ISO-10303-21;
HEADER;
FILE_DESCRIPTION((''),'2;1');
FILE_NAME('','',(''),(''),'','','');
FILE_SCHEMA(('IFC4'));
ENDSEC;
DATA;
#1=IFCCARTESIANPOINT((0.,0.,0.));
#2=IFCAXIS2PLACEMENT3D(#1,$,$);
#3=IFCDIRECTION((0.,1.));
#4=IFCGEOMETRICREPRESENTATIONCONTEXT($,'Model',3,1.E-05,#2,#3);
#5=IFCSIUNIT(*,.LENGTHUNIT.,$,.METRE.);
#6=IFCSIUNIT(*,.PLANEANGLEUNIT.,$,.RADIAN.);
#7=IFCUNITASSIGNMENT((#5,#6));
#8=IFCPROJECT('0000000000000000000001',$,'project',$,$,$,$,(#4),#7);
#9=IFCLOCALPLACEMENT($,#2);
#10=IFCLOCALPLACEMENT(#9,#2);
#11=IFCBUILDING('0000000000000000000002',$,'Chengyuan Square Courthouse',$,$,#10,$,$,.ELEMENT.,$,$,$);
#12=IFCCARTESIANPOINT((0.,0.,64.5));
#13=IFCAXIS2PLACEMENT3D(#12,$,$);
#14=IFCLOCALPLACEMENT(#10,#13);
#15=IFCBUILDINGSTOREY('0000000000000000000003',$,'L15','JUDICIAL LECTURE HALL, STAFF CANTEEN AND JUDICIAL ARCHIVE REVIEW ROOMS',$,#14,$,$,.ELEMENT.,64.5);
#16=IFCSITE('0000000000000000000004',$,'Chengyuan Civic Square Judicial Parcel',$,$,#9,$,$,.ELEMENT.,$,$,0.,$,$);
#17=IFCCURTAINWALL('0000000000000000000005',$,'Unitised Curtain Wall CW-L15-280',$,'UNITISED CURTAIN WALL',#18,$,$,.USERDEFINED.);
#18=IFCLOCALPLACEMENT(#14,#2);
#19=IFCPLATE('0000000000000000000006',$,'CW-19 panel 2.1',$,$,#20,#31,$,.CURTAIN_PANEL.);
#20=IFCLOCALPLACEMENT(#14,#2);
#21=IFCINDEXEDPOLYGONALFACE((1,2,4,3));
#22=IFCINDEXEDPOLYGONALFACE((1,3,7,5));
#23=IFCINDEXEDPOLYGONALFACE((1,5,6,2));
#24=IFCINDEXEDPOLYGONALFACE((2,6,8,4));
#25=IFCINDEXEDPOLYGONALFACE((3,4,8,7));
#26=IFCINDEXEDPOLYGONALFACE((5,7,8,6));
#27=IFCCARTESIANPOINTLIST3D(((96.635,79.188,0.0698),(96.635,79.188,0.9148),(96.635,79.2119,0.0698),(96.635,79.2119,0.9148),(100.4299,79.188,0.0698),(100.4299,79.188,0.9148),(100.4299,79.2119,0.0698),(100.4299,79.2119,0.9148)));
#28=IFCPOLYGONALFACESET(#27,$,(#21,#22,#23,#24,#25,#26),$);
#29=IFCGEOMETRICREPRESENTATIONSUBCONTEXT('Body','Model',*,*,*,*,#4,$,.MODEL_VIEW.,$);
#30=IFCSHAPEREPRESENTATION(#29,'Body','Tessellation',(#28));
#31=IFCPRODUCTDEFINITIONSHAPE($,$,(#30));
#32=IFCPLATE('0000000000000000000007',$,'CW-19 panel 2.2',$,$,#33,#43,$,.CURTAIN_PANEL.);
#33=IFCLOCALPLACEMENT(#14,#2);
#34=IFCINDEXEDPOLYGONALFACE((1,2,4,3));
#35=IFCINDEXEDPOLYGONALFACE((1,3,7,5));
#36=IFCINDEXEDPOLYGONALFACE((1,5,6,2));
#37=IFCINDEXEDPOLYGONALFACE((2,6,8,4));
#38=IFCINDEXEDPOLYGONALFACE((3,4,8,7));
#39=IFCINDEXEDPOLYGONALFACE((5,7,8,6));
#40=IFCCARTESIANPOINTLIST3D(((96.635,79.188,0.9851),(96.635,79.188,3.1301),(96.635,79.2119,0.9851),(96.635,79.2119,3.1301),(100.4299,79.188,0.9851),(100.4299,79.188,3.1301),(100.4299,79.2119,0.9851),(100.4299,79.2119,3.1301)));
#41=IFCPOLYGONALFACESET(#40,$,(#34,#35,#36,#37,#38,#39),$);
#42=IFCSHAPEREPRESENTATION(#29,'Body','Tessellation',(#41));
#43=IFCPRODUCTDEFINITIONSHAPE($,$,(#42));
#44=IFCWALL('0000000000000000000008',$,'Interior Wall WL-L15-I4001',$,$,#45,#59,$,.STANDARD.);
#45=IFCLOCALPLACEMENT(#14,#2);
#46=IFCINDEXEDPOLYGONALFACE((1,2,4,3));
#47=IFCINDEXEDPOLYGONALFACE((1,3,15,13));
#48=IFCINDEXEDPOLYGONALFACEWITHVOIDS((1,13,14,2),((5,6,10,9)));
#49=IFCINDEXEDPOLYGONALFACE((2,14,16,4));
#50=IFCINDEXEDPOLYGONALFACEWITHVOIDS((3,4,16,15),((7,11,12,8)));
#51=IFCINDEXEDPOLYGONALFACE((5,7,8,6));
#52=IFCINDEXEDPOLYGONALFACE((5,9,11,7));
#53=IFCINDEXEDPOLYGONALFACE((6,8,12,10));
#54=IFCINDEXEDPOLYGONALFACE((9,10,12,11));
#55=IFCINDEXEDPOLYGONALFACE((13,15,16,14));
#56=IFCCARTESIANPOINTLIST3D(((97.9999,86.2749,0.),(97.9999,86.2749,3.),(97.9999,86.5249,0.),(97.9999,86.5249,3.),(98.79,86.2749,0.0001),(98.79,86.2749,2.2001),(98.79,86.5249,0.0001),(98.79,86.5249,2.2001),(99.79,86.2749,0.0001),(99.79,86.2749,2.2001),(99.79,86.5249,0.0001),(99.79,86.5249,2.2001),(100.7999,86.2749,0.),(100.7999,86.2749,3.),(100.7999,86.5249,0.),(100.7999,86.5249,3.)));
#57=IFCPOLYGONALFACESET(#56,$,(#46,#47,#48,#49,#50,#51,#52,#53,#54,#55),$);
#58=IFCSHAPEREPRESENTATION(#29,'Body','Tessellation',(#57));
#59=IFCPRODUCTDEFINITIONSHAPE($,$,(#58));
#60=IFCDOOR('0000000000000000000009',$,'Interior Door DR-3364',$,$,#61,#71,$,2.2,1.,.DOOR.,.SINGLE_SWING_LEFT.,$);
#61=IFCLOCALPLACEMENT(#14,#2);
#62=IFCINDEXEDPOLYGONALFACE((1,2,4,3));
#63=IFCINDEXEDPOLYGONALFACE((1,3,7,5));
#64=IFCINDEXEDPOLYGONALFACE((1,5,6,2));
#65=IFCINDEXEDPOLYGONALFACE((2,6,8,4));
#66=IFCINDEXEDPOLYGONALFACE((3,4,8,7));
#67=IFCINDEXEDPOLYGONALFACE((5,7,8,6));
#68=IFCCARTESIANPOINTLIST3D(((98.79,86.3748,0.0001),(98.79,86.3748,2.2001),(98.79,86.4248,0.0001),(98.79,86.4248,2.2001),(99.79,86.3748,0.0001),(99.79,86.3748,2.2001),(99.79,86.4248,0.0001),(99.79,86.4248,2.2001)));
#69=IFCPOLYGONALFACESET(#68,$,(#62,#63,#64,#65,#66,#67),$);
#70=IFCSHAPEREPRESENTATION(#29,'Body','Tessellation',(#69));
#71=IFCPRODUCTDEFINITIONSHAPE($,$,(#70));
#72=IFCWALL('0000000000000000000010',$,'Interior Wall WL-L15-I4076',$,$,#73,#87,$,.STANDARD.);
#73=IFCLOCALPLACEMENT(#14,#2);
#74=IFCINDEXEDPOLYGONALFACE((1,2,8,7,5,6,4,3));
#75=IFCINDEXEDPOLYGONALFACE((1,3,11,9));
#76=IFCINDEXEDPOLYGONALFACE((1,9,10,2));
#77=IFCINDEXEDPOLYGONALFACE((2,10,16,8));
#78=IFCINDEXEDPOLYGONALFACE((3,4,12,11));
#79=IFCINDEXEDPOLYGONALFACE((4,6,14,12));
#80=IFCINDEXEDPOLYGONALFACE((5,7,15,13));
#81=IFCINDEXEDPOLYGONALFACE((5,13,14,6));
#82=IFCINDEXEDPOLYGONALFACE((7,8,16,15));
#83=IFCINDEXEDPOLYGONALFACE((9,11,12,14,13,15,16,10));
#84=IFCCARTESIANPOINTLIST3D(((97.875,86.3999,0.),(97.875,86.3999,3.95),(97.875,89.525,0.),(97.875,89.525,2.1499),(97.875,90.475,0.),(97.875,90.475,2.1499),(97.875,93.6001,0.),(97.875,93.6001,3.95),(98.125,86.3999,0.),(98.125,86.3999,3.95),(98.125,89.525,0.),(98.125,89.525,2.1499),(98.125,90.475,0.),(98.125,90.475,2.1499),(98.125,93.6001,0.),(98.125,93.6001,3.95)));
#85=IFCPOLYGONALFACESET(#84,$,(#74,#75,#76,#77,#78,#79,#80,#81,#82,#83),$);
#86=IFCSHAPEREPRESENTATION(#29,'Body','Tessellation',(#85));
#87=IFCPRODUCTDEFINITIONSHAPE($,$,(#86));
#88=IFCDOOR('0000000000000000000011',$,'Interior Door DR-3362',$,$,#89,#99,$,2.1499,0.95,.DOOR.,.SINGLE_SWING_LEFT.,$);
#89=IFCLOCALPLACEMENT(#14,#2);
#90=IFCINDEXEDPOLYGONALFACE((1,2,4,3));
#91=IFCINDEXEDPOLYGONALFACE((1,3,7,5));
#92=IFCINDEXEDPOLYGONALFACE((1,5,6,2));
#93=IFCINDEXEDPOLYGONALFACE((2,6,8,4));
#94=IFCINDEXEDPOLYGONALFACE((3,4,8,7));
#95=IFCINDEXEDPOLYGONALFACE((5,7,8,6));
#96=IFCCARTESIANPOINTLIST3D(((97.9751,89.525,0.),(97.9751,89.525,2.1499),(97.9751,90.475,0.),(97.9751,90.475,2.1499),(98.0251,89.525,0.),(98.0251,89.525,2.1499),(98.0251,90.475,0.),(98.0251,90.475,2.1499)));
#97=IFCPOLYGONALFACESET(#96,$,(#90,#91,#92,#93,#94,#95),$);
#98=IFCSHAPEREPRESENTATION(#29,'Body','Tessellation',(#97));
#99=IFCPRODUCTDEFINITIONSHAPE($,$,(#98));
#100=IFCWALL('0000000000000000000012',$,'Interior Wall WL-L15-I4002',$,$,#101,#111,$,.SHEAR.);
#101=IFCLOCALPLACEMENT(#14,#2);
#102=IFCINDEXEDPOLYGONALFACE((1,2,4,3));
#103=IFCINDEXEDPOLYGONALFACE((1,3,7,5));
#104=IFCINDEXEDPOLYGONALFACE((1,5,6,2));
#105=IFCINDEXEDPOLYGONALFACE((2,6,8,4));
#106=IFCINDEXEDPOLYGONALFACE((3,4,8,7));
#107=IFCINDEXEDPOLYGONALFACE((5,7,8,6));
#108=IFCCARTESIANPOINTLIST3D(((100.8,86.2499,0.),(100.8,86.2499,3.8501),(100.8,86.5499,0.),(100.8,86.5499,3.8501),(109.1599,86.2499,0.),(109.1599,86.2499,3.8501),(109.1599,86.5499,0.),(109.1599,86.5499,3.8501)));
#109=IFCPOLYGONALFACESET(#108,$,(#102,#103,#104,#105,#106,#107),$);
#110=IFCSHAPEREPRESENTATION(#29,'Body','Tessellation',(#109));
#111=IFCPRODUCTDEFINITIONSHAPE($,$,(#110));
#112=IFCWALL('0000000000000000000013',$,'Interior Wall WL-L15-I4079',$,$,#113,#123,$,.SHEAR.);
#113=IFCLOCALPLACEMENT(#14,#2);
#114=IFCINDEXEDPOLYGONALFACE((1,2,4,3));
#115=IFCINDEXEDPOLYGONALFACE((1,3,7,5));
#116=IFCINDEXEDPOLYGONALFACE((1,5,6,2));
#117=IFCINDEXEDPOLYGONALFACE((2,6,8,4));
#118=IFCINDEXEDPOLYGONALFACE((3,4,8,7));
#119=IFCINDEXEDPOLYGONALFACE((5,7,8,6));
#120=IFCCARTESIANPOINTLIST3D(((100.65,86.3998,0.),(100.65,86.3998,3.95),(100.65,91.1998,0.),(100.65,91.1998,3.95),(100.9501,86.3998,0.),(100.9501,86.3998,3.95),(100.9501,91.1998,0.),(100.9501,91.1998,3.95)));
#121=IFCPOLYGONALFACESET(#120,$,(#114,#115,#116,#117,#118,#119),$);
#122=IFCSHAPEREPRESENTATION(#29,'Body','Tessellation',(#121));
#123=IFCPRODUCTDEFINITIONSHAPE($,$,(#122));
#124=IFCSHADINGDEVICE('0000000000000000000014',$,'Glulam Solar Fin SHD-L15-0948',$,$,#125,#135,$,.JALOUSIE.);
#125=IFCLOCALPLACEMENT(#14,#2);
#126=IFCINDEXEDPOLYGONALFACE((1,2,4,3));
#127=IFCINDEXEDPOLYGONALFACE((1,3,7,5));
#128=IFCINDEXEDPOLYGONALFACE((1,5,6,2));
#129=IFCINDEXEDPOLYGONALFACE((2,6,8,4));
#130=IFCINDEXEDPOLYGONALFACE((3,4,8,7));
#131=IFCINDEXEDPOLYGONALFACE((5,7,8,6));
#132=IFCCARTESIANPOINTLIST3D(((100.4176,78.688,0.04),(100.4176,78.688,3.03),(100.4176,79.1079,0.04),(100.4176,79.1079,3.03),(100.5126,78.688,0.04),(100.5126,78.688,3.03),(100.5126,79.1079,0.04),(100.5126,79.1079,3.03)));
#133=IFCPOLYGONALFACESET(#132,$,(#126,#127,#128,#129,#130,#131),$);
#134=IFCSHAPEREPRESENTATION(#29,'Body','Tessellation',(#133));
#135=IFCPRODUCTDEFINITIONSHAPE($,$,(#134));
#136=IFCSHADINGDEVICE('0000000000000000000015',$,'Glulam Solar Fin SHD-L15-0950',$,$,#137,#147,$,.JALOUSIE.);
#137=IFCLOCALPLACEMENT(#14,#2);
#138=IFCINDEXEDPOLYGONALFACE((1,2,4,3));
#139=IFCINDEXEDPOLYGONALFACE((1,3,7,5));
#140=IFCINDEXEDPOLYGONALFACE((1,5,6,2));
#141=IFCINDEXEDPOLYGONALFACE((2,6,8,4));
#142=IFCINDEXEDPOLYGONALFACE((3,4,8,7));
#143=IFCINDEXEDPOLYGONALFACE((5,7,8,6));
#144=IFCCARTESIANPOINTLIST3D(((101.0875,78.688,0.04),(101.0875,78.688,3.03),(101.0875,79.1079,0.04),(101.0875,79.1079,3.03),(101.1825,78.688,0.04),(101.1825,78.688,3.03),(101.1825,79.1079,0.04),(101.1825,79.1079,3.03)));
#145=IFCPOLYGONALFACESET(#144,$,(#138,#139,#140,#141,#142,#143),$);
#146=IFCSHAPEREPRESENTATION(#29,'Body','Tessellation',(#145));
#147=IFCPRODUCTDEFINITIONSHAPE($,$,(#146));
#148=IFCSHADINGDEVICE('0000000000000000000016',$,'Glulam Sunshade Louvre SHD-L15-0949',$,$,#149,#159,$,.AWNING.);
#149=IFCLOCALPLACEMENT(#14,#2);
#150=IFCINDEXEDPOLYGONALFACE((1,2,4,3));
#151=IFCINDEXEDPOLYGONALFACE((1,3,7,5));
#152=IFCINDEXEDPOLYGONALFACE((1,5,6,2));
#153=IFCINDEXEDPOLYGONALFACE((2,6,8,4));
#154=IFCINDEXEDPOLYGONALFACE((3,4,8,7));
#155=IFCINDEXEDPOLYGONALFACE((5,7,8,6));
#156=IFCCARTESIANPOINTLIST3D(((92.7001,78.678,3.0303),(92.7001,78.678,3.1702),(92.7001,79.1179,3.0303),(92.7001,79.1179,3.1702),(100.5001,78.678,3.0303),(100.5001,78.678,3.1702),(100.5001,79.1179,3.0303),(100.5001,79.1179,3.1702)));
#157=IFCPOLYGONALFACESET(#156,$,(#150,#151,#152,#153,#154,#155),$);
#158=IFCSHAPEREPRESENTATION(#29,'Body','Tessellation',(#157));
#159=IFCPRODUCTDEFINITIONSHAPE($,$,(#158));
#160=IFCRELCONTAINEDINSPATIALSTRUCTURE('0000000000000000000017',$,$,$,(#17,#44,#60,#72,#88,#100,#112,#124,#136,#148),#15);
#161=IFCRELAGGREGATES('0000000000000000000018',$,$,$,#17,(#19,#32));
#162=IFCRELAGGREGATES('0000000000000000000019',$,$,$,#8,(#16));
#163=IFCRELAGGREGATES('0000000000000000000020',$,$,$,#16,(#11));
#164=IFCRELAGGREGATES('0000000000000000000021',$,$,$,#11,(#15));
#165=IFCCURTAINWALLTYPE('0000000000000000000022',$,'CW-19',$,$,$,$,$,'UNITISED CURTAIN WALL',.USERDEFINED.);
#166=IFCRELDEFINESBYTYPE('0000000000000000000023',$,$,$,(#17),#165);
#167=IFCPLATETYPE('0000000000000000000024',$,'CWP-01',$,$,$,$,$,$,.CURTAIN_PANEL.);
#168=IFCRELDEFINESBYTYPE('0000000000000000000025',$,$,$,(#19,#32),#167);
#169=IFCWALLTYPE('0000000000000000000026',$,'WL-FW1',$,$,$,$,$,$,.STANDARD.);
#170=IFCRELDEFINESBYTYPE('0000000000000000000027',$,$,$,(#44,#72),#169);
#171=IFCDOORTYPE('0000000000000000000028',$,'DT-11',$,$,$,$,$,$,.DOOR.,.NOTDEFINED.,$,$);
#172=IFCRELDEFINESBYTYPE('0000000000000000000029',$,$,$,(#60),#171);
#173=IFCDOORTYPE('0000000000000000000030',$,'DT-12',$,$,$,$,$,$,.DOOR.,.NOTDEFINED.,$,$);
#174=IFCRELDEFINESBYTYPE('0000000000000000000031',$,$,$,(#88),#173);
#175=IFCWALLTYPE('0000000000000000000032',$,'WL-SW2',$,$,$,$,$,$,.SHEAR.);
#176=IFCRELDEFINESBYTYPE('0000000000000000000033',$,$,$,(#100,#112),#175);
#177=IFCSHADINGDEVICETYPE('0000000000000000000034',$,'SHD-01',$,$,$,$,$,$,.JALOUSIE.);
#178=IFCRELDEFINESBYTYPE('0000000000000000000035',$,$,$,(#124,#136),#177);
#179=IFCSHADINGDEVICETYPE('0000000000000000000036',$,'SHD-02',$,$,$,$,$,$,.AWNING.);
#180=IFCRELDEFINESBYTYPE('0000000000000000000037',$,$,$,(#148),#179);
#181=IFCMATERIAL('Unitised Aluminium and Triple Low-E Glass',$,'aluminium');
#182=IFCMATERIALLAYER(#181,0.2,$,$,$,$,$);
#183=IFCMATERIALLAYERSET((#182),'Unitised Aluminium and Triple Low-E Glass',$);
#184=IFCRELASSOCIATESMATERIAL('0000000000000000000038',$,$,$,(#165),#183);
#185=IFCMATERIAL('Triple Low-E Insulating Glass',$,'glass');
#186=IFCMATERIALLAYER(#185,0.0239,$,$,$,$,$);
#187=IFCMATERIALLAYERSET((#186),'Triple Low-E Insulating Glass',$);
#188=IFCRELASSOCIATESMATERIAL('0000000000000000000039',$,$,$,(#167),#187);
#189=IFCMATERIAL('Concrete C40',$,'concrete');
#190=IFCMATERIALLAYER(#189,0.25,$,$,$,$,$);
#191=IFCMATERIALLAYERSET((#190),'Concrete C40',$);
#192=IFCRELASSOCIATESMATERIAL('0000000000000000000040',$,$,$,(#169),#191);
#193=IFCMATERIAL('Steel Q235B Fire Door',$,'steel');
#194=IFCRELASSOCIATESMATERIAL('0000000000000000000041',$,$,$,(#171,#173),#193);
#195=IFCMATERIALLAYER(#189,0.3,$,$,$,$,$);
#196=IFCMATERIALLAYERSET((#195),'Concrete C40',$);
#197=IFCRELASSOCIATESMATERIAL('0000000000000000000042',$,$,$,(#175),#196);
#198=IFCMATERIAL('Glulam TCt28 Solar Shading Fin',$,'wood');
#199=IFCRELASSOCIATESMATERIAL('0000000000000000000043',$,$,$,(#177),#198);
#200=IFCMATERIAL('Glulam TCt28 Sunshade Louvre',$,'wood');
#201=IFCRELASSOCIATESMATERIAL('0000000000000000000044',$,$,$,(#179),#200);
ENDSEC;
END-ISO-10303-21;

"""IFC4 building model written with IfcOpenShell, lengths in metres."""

from ifc_helpers import new_model, si_unit, direction, frame, frame_2d, origin, origin_2d, place, context, subcontext, project, spatial, rectangle, extrude, material, layer, layer_set, type_object, element, fill, aggregate, save


model = new_model("IFC4")

# Units and contexts
model_context = context("Model", 3, precision=1e-05, world=origin(), true_north=direction((0.0, 1.0)))
body_context = subcontext(model_context, "Body", "Model", "MODEL_VIEW")
ifc_project = project(units=[si_unit("LENGTHUNIT", "METRE"), si_unit("PLANEANGLEUNIT", "RADIAN")], contexts=[model_context])

# Site, building, storey
site_placement = place(None, origin())
site = spatial("IfcSite", under=ifc_project, at=site_placement, Name="Chengyuan Civic Square Judicial Parcel", CompositionType="ELEMENT", RefElevation=0.0)
building_placement = place(site_placement, origin())
building = spatial("IfcBuilding", under=site, at=building_placement, Name="Chengyuan Square Courthouse", CompositionType="ELEMENT")
storey_placement = place(building_placement, frame((0.0, 0.0, 64.5)))
storey = spatial("IfcBuildingStorey", under=building, at=storey_placement, Name="L15", Description="JUDICIAL LECTURE HALL, STAFF CANTEEN AND JUDICIAL ARCHIVE REVIEW ROOMS", CompositionType="ELEMENT", Elevation=64.5)

# Shared definitions
ifc_material_1 = material(Name="Concrete C40", Category="concrete")

# Curtain wall
ifc_material_2 = material(Name="Unitised Aluminium and Triple Low-E Glass", Category="aluminium")
ifc_layer_1 = layer(ifc_material_2, 0.2)
ifc_layer_set_1 = layer_set([ifc_layer_1], Name="Unitised Aluminium and Triple Low-E Glass")
curtain_wall_type = type_object("IfcCurtainWallType", Name="CW-19", ElementType="UNITISED CURTAIN WALL", PredefinedType="USERDEFINED", material=ifc_layer_set_1)
curtain_wall_1_placement = place(storey_placement, origin())
curtain_wall_1 = element("IfcCurtainWall", 1, at=curtain_wall_1_placement, inside=storey, type_object=curtain_wall_type, Name="Unitised Curtain Wall CW-L15-280", ObjectType="UNITISED CURTAIN WALL", PredefinedType="USERDEFINED")

# Plates
ifc_material_3 = material(Name="Triple Low-E Insulating Glass", Category="glass")
ifc_layer_2 = layer(ifc_material_3, 0.0239)
ifc_layer_set_2 = layer_set([ifc_layer_2], Name="Triple Low-E Insulating Glass")
plate_type = type_object("IfcPlateType", Name="CWP-01", PredefinedType="CURTAIN_PANEL", material=ifc_layer_set_2)
plate_1_placement = place(storey_placement, frame((98.5325, 79.2, 0.0698), z_axis=(0.0, 0.0, 1.0), x_axis=(1.0, 0.0, 0.0)))
plate_1 = element("IfcPlate", 2, at=plate_1_placement, type_object=plate_type, Name="CW-19 panel 2.1", PredefinedType="CURTAIN_PANEL", context=body_context, shape_type="SweptSolid", body=[
    extrude(rectangle(XDim=3.7949, YDim=0.0239, at=origin_2d()), origin(), (0.0, 0.0, 1.0), 0.845),
])
plate_2_placement = place(storey_placement, frame((98.5325, 79.2, 0.9851), z_axis=(0.0, 0.0, 1.0), x_axis=(1.0, 0.0, 0.0)))
plate_2 = element("IfcPlate", 3, at=plate_2_placement, type_object=plate_type, Name="CW-19 panel 2.2", PredefinedType="CURTAIN_PANEL", context=body_context, shape_type="SweptSolid", body=[
    extrude(rectangle(XDim=3.7949, YDim=0.0239, at=origin_2d()), origin(), (0.0, 0.0, 1.0), 2.145),
])
aggregate(curtain_wall_1, [plate_1, plate_2])

# Walls, openings, doors
ifc_layer_3 = layer(ifc_material_1, 0.25)
ifc_layer_set_3 = layer_set([ifc_layer_3], Name="Concrete C40")
wall_type_1 = type_object("IfcWallType", Name="WL-FW1", PredefinedType="STANDARD", material=ifc_layer_set_3)
wall_1_placement = place(storey_placement, frame((98.0, 86.3999, 0.0), z_axis=(0.0, 0.0, 1.0), x_axis=(1.0, 0.0, 0.0)))
wall_1 = element("IfcWall", 4, at=wall_1_placement, inside=storey, type_object=wall_type_1, Name="Interior Wall WL-L15-I4001", PredefinedType="STANDARD", context=body_context, shape_type="SweptSolid", body=[
    extrude(rectangle(XDim=2.8, YDim=0.25, at=frame_2d((1.3999, 0.0))), origin(), (0.0, 0.0, 1.0), 3.0),
])
opening_1_placement = place(wall_1_placement, frame((0.79, 0.0, 0.0)))
opening_1 = element("IfcOpeningElement", 5, at=opening_1_placement, cuts=wall_1, PredefinedType="OPENING", context=body_context, shape_type="SweptSolid", body=[
    extrude(rectangle(XDim=1.0, YDim=2.2, at=frame_2d((0.5, 1.1001))), frame((0.0, 0.137, 0.0), z_axis=(0.0, -1.0, 0.0), x_axis=(1.0, 0.0, 0.0)), (0.0, 0.0, 1.0), 0.2739),
])
ifc_material_4 = material(Name="Steel Q235B Fire Door", Category="steel")
door_type_1 = type_object("IfcDoorType", Name="DT-11", OperationType="NOTDEFINED", PredefinedType="DOOR", material=ifc_material_4)
door_1_placement = place(opening_1_placement, origin())
door_1 = element("IfcDoor", 6, at=door_1_placement, inside=storey, type_object=door_type_1, Name="Interior Door DR-3364", OperationType="SINGLE_SWING_LEFT", OverallHeight=2.2, OverallWidth=1.0, PredefinedType="DOOR", context=body_context, shape_type="SweptSolid", body=[
    extrude(rectangle(XDim=1.0, YDim=2.2, at=frame_2d((0.5, 1.1001))), frame((0.0, 0.0249, 0.0), z_axis=(0.0, -1.0, 0.0), x_axis=(1.0, 0.0, 0.0)), (0.0, 0.0, 1.0), 0.05),
])
fill(opening_1, door_1)
wall_2_placement = place(storey_placement, frame((98.0, 86.3999, 0.0), z_axis=(0.0, 0.0, 1.0), x_axis=(0.0, 1.0, 0.0)))
wall_2 = element("IfcWall", 7, at=wall_2_placement, inside=storey, type_object=wall_type_1, Name="Interior Wall WL-L15-I4076", PredefinedType="STANDARD", context=body_context, shape_type="SweptSolid", body=[
    extrude(rectangle(XDim=7.2002, YDim=0.25, at=frame_2d((3.6001, 0.0))), origin(), (0.0, 0.0, 1.0), 3.95),
])
opening_2_placement = place(wall_2_placement, frame((3.125, 0.0, 0.0)))
opening_2 = element("IfcOpeningElement", 8, at=opening_2_placement, cuts=wall_2, PredefinedType="OPENING", context=body_context, shape_type="SweptSolid", body=[
    extrude(rectangle(XDim=0.95, YDim=2.1499, at=frame_2d((0.4751, 1.075))), frame((0.0, 0.137, 0.0), z_axis=(0.0, -1.0, 0.0), x_axis=(1.0, 0.0, 0.0)), (0.0, 0.0, 1.0), 0.2739),
])
door_type_2 = type_object("IfcDoorType", Name="DT-12", OperationType="NOTDEFINED", PredefinedType="DOOR", material=ifc_material_4)
door_2_placement = place(opening_2_placement, origin())
door_2 = element("IfcDoor", 9, at=door_2_placement, inside=storey, type_object=door_type_2, Name="Interior Door DR-3362", OperationType="SINGLE_SWING_LEFT", OverallHeight=2.1499, OverallWidth=0.95, PredefinedType="DOOR", context=body_context, shape_type="SweptSolid", body=[
    extrude(rectangle(XDim=0.95, YDim=2.1499, at=frame_2d((0.4751, 1.075))), frame((0.0, 0.0249, 0.0), z_axis=(0.0, -1.0, 0.0), x_axis=(1.0, 0.0, 0.0)), (0.0, 0.0, 1.0), 0.05),
])
fill(opening_2, door_2)

# Walls
ifc_layer_4 = layer(ifc_material_1, 0.3)
ifc_layer_set_4 = layer_set([ifc_layer_4], Name="Concrete C40")
wall_type_2 = type_object("IfcWallType", Name="WL-SW2", PredefinedType="SHEAR", material=ifc_layer_set_4)
wall_3_placement = place(storey_placement, frame((100.8, 86.3999, 0.0), z_axis=(0.0, 0.0, 1.0), x_axis=(1.0, 0.0, 0.0)))
element("IfcWall", 10, at=wall_3_placement, inside=storey, type_object=wall_type_2, Name="Interior Wall WL-L15-I4002", PredefinedType="SHEAR", context=body_context, shape_type="SweptSolid", body=[
    extrude(rectangle(XDim=8.3599, YDim=0.3, at=frame_2d((4.1799, 0.0))), origin(), (0.0, 0.0, 1.0), 3.8501),
])
wall_4_placement = place(storey_placement, frame((100.8, 86.3999, 0.0), z_axis=(0.0, 0.0, 1.0), x_axis=(0.0, 1.0, 0.0)))
element("IfcWall", 11, at=wall_4_placement, inside=storey, type_object=wall_type_2, Name="Interior Wall WL-L15-I4079", PredefinedType="SHEAR", context=body_context, shape_type="SweptSolid", body=[
    extrude(rectangle(XDim=4.8, YDim=0.3, at=frame_2d((2.3999, 0.0))), origin(), (0.0, 0.0, 1.0), 3.95),
])

# Shading devices
ifc_material_5 = material(Name="Glulam TCt28 Solar Shading Fin", Category="wood")
shading_device_type_1 = type_object("IfcShadingDeviceType", Name="SHD-01", PredefinedType="JALOUSIE", material=ifc_material_5)
for number, where, z_axis, x_axis, name in (
    (12, (100.4651, 78.8979, 0.04), (0.0, 0.0, 1.0), (0.0, 1.0, 0.0), "Glulam Solar Fin SHD-L15-0948"),
    (13, (101.135, 78.8979, 0.04), (0.0, 0.0, 1.0), (0.0, 1.0, 0.0), "Glulam Solar Fin SHD-L15-0950"),
):
    element("IfcShadingDevice", number, at=place(storey_placement, frame(where, z_axis=z_axis, x_axis=x_axis)), inside=storey, type_object=shading_device_type_1, Name=name, PredefinedType="JALOUSIE", context=body_context, shape_type="SweptSolid", body=[
        extrude(rectangle(XDim=0.4199, YDim=0.095, at=origin_2d()), origin(), (0.0, 0.0, 1.0), 2.99),
    ])
ifc_material_6 = material(Name="Glulam TCt28 Sunshade Louvre", Category="wood")
shading_device_type_2 = type_object("IfcShadingDeviceType", Name="SHD-02", PredefinedType="AWNING", material=ifc_material_6)
shading_device_placement = place(storey_placement, frame((96.6001, 78.8979, 3.0303), z_axis=(0.0, 0.0, 1.0), x_axis=(1.0, 0.0, 0.0)))
element("IfcShadingDevice", 14, at=shading_device_placement, inside=storey, type_object=shading_device_type_2, Name="Glulam Sunshade Louvre SHD-L15-0949", PredefinedType="AWNING", context=body_context, shape_type="SweptSolid", body=[
    extrude(rectangle(XDim=7.8, YDim=0.4399, at=origin_2d()), origin(), (0.0, 0.0, 1.0), 0.1399),
])

save(model, "model.ifc")
